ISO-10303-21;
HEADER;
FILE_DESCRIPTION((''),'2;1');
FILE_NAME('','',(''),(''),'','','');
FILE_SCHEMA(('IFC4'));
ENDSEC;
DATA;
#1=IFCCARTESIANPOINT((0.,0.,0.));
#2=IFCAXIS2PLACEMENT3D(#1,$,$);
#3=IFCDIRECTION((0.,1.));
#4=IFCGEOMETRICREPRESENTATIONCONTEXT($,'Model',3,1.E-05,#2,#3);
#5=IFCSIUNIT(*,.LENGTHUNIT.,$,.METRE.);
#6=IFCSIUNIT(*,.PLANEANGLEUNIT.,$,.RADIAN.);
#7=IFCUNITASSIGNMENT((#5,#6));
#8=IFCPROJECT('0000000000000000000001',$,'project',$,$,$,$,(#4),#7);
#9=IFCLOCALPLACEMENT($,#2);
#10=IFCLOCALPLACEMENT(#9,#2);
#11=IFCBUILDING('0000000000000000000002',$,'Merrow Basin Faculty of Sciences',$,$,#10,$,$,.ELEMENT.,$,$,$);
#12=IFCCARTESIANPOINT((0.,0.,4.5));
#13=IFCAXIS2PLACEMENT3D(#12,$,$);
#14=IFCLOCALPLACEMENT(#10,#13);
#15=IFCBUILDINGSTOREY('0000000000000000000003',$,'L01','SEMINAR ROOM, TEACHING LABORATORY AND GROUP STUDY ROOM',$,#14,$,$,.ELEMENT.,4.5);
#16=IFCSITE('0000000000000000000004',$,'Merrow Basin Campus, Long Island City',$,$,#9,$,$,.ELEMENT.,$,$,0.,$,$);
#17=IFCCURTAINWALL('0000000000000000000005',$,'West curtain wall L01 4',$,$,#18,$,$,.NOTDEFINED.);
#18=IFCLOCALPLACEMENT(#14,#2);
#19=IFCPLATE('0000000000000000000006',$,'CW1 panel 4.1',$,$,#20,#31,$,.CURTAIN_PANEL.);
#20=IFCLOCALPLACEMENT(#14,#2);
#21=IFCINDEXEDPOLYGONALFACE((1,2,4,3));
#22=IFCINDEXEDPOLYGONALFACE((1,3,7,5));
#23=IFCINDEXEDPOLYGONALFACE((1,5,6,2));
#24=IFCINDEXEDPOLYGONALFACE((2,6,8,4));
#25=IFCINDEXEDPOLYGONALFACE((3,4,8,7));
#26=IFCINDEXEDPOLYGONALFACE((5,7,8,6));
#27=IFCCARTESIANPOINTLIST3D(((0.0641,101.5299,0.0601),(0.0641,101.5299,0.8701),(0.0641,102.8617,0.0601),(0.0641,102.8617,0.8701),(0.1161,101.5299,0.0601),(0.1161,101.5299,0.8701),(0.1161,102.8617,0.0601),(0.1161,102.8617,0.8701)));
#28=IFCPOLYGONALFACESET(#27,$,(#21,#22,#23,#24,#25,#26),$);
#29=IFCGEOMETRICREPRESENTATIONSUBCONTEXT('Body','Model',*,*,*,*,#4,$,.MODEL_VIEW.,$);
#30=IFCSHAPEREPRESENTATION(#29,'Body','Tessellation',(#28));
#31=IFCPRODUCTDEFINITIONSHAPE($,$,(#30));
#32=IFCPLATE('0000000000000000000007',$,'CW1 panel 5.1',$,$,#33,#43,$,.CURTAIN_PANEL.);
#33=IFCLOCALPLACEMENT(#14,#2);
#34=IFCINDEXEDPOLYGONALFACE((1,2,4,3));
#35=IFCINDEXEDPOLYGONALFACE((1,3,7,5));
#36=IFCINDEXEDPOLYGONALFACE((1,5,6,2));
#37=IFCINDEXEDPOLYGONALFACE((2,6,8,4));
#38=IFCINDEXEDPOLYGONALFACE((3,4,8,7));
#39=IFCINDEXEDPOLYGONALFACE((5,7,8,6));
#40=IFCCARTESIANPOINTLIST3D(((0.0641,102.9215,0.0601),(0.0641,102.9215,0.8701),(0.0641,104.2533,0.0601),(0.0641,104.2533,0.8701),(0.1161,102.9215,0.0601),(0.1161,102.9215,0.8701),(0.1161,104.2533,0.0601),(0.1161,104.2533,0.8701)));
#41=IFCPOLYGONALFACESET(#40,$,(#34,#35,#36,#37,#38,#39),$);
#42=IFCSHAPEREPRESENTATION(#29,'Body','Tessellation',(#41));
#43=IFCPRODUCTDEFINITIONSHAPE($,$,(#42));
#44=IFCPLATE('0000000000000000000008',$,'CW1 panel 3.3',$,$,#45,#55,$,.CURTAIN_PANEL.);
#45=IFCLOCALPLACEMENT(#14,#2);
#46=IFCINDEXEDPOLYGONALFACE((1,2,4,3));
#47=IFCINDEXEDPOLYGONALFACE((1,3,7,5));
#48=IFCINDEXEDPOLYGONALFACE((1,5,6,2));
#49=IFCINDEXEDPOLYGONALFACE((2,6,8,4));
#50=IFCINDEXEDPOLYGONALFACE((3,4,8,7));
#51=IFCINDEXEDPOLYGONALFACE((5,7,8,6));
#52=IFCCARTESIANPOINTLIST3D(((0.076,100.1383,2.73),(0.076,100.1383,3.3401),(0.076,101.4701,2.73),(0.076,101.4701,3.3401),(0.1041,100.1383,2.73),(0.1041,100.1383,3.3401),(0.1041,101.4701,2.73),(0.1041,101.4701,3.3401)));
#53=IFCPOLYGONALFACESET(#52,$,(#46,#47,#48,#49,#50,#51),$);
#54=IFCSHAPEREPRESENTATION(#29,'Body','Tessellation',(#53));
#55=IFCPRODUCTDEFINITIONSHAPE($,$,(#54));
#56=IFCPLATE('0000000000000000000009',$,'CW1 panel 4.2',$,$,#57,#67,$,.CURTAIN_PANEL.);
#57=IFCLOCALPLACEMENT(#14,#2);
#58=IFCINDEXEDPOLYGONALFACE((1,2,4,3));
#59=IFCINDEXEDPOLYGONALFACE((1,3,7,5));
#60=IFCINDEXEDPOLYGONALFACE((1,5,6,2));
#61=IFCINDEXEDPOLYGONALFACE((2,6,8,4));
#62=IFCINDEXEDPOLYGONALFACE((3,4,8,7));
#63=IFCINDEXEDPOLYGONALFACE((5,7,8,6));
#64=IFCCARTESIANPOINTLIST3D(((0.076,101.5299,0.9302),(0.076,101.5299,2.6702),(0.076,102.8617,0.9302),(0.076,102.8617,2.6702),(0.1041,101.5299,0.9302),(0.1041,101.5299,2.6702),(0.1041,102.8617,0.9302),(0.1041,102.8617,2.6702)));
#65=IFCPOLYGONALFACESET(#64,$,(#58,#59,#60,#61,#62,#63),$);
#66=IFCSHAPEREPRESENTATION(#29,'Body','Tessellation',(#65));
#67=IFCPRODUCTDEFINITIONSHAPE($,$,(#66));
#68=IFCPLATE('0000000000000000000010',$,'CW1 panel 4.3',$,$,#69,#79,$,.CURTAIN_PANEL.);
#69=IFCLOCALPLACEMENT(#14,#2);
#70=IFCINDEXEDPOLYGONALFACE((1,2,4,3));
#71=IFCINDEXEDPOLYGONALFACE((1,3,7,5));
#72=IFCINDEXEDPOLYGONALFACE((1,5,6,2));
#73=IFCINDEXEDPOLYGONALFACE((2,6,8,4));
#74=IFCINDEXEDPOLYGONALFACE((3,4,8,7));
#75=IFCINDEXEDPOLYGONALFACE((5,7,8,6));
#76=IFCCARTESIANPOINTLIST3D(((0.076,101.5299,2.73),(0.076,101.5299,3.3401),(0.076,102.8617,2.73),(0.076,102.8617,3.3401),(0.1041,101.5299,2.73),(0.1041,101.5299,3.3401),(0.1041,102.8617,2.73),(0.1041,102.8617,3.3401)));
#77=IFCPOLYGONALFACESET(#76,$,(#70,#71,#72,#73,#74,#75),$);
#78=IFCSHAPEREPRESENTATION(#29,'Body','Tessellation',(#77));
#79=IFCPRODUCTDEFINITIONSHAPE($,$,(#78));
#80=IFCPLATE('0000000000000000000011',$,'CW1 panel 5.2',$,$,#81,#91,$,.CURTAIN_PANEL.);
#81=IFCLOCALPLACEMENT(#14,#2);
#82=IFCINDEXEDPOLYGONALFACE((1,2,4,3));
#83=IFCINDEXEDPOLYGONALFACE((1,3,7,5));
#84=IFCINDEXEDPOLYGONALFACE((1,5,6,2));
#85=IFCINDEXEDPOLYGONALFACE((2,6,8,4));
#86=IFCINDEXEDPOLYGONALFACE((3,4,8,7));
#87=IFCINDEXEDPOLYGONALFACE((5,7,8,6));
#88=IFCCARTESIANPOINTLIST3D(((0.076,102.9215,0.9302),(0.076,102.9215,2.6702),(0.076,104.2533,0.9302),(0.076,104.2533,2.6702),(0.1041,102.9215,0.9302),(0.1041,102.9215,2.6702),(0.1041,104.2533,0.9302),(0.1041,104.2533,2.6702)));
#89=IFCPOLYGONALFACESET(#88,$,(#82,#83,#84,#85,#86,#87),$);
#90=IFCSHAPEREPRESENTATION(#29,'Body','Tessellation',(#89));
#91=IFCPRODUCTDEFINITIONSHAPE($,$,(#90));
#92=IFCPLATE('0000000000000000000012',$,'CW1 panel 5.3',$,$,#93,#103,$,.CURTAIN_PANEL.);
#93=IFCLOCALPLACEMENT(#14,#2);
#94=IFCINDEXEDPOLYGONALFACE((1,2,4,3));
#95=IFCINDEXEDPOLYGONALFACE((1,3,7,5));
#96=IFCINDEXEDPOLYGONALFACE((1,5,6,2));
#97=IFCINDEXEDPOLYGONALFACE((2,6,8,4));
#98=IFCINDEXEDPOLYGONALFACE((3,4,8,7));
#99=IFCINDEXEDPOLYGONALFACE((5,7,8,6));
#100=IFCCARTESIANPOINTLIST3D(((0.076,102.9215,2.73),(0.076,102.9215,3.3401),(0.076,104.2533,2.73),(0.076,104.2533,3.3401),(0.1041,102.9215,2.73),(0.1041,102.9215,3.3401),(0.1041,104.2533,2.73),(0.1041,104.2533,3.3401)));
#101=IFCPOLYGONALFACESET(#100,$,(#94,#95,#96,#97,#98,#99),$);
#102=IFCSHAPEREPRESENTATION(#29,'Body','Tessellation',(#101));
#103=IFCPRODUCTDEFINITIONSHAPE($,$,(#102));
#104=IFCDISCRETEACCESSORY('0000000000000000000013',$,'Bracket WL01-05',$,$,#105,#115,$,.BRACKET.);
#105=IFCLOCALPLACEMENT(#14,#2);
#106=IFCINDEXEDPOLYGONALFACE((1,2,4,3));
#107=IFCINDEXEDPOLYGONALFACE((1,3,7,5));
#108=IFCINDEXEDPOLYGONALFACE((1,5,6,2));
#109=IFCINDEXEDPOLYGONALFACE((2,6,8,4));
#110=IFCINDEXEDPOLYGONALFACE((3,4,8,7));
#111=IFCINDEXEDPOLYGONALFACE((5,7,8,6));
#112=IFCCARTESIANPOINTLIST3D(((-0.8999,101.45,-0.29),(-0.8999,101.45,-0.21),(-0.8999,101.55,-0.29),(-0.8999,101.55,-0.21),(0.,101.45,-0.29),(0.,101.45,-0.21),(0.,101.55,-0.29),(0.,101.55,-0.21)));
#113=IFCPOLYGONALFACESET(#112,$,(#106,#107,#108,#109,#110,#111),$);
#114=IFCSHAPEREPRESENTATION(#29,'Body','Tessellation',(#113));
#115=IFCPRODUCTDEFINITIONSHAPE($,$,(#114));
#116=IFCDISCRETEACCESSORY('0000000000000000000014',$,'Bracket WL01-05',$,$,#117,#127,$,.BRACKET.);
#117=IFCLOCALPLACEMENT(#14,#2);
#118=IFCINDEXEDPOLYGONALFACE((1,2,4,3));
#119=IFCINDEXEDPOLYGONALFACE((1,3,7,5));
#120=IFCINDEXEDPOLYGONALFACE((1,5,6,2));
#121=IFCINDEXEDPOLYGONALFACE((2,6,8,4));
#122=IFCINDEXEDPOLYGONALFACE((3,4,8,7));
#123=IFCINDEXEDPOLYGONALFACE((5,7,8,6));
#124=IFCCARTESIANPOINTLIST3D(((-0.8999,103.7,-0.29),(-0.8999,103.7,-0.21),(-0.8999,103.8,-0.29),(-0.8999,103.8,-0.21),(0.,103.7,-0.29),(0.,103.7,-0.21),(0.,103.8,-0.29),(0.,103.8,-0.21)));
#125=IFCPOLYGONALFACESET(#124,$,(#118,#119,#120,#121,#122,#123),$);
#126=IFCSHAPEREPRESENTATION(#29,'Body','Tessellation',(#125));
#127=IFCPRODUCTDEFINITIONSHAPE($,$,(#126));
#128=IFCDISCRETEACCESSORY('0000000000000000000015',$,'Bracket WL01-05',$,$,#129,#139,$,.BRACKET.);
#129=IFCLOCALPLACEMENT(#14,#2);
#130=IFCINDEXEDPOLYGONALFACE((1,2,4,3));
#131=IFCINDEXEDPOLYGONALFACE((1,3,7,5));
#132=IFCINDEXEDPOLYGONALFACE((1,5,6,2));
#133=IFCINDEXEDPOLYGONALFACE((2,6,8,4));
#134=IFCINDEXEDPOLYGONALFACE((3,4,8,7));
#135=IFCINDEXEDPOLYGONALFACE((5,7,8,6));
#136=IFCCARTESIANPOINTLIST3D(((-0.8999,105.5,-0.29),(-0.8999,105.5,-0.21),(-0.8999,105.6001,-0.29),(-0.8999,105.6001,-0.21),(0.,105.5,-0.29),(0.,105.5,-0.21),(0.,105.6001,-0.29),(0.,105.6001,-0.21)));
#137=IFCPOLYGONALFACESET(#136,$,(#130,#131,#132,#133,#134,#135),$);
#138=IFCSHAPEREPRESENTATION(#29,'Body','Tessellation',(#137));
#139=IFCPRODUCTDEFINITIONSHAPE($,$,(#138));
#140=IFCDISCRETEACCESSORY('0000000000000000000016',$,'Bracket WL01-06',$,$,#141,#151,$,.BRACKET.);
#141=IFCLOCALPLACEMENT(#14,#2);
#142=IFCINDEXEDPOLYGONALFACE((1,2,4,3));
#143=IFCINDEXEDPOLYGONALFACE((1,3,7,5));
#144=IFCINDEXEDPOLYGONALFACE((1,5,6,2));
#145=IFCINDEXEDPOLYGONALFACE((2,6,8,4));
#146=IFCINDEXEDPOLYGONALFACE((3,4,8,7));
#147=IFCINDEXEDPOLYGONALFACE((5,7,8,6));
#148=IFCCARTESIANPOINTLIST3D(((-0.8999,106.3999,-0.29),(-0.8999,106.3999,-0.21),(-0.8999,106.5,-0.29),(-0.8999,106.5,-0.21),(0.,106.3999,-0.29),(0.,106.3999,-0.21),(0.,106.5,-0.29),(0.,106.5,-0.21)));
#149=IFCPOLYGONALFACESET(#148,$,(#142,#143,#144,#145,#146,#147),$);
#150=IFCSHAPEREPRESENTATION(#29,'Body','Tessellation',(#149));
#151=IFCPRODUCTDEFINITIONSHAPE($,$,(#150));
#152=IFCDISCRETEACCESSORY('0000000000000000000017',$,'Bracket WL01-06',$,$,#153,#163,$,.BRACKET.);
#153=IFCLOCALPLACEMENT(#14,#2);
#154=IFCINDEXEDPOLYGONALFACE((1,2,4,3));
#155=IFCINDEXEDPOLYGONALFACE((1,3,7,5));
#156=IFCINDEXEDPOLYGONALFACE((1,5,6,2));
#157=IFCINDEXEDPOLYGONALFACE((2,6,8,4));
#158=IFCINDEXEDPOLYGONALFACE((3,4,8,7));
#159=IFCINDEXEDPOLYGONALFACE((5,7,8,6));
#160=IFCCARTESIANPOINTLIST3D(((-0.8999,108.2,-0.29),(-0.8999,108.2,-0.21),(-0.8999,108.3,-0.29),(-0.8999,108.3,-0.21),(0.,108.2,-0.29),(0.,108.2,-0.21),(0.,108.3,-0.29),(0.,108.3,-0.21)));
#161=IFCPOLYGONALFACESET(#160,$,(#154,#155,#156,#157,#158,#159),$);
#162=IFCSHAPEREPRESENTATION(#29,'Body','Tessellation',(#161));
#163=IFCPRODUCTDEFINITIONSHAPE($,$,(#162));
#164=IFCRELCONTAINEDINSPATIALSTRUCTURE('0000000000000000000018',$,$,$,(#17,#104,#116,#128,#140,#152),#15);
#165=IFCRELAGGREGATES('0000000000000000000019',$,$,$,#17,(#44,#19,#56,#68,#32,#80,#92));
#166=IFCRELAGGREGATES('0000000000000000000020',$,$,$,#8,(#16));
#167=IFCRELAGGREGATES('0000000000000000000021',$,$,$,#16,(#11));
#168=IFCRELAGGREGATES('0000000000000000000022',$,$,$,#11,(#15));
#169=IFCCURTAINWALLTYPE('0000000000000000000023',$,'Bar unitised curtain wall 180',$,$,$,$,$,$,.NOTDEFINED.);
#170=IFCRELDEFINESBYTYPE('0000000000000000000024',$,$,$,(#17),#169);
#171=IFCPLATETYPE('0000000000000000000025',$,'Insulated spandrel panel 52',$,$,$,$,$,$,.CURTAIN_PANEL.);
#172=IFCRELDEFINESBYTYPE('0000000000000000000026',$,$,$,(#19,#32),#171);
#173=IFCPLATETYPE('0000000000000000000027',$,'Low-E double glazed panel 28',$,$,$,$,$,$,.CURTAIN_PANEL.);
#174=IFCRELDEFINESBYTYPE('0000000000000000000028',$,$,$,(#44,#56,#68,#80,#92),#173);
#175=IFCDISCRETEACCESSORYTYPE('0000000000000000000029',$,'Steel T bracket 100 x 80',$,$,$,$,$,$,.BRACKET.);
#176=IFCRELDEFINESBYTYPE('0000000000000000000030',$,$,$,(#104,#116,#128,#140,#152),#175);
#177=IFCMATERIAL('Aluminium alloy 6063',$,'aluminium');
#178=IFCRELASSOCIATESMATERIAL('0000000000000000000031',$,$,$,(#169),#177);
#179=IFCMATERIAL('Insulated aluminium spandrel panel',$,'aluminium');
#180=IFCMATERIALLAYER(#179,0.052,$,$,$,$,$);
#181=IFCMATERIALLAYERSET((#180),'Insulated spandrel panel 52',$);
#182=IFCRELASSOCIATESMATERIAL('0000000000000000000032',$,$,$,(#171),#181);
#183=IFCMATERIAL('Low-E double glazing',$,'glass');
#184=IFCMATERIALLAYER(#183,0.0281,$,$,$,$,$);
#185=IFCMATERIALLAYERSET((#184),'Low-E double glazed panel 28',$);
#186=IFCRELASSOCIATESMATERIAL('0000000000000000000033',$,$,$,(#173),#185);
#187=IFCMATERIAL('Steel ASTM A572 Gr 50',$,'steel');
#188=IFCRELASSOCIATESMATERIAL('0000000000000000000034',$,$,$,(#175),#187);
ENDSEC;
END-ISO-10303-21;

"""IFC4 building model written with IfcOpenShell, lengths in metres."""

from ifc_helpers import new_model, si_unit, direction, frame, origin, origin_2d, place, context, subcontext, project, spatial, polyline, rectangle, outline, extrude, source, transform, mapped, material, layer, layer_set, type_object, element, aggregate, save


model = new_model("IFC4")

# Units and contexts
model_context = context("Model", 3, precision=1e-05, world=origin(), true_north=direction((0.0, 1.0)))
body_context = subcontext(model_context, "Body", "Model", "MODEL_VIEW")
ifc_project = project(units=[si_unit("LENGTHUNIT", "METRE"), si_unit("PLANEANGLEUNIT", "RADIAN")], contexts=[model_context])

# Site, building, storey
site_placement = place(None, origin())
site = spatial("IfcSite", under=ifc_project, at=site_placement, Name="Merrow Basin Campus, Long Island City", CompositionType="ELEMENT", RefElevation=0.0)
building_placement = place(site_placement, origin())
building = spatial("IfcBuilding", under=site, at=building_placement, Name="Merrow Basin Faculty of Sciences", CompositionType="ELEMENT")
storey_placement = place(building_placement, frame((0.0, 0.0, 4.5)))
storey = spatial("IfcBuildingStorey", under=building, at=storey_placement, Name="L01", Description="SEMINAR ROOM, TEACHING LABORATORY AND GROUP STUDY ROOM", CompositionType="ELEMENT", Elevation=4.5)

# Curtain wall
ifc_material_1 = material(Name="Aluminium alloy 6063", Category="aluminium")
curtain_wall_type = type_object("IfcCurtainWallType", Name="Bar unitised curtain wall 180", PredefinedType="NOTDEFINED", material=ifc_material_1)
curtain_wall_placement = place(storey_placement, origin())
curtain_wall = element("IfcCurtainWall", 1, at=curtain_wall_placement, inside=storey, type_object=curtain_wall_type, Name="West curtain wall L01 4", PredefinedType="NOTDEFINED")

# Plates
ifc_material_2 = material(Name="Insulated aluminium spandrel panel", Category="aluminium")
ifc_layer_1 = layer(ifc_material_2, 0.052)
ifc_layer_set_1 = layer_set([ifc_layer_1], Name="Insulated spandrel panel 52")
plate_type_1 = type_object("IfcPlateType", Name="Insulated spandrel panel 52", PredefinedType="CURTAIN_PANEL", material=ifc_layer_set_1)
plate_1_placement = place(storey_placement, frame((0.0901, 102.1958, 0.0601), z_axis=(0.0, 0.0, 1.0), x_axis=(0.0, 1.0, 0.0)))
plate_1 = element("IfcPlate", 2, at=plate_1_placement, type_object=plate_type_1, Name="CW1 panel 4.1", PredefinedType="CURTAIN_PANEL", context=body_context, shape_type="SweptSolid", body=[
    extrude(rectangle(XDim=1.3318, YDim=0.052, at=origin_2d()), origin(), (0.0, 0.0, 1.0), 0.8101),
])
plate_2_placement = place(storey_placement, frame((0.0901, 103.5874, 0.0601), z_axis=(0.0, 0.0, 1.0), x_axis=(0.0, 1.0, 0.0)))
plate_2 = element("IfcPlate", 3, at=plate_2_placement, type_object=plate_type_1, Name="CW1 panel 5.1", PredefinedType="CURTAIN_PANEL", context=body_context, shape_type="SweptSolid", body=[
    extrude(rectangle(XDim=1.3318, YDim=0.052, at=origin_2d()), origin(), (0.0, 0.0, 1.0), 0.8101),
])
ifc_material_3 = material(Name="Low-E double glazing", Category="glass")
ifc_layer_2 = layer(ifc_material_3, 0.0281)
ifc_layer_set_2 = layer_set([ifc_layer_2], Name="Low-E double glazed panel 28")
plate_type_2 = type_object("IfcPlateType", Name="Low-E double glazed panel 28", PredefinedType="CURTAIN_PANEL", material=ifc_layer_set_2)
plate_3_placement = place(storey_placement, frame((0.0901, 100.8042, 2.73), z_axis=(0.0, 0.0, 1.0), x_axis=(0.0, 1.0, 0.0)))
plate_3 = element("IfcPlate", 4, at=plate_3_placement, type_object=plate_type_2, Name="CW1 panel 3.3", PredefinedType="CURTAIN_PANEL", context=body_context, shape_type="SweptSolid", body=[
    extrude(rectangle(XDim=1.3318, YDim=0.0281, at=origin_2d()), origin(), (0.0, 0.0, 1.0), 0.6101),
])
plate_4_placement = place(storey_placement, frame((0.0901, 102.1958, 0.9302), z_axis=(0.0, 0.0, 1.0), x_axis=(0.0, 1.0, 0.0)))
plate_4 = element("IfcPlate", 5, at=plate_4_placement, type_object=plate_type_2, Name="CW1 panel 4.2", PredefinedType="CURTAIN_PANEL", context=body_context, shape_type="SweptSolid", body=[
    extrude(rectangle(XDim=1.3318, YDim=0.0281, at=origin_2d()), origin(), (0.0, 0.0, 1.0), 1.74),
])
plate_5_placement = place(storey_placement, frame((0.0901, 102.1958, 2.73), z_axis=(0.0, 0.0, 1.0), x_axis=(0.0, 1.0, 0.0)))
plate_5 = element("IfcPlate", 6, at=plate_5_placement, type_object=plate_type_2, Name="CW1 panel 4.3", PredefinedType="CURTAIN_PANEL", context=body_context, shape_type="SweptSolid", body=[
    extrude(rectangle(XDim=1.3318, YDim=0.0281, at=origin_2d()), origin(), (0.0, 0.0, 1.0), 0.6101),
])
plate_6_placement = place(storey_placement, frame((0.0901, 103.5874, 0.9302), z_axis=(0.0, 0.0, 1.0), x_axis=(0.0, 1.0, 0.0)))
plate_6 = element("IfcPlate", 7, at=plate_6_placement, type_object=plate_type_2, Name="CW1 panel 5.2", PredefinedType="CURTAIN_PANEL", context=body_context, shape_type="SweptSolid", body=[
    extrude(rectangle(XDim=1.3318, YDim=0.0281, at=origin_2d()), origin(), (0.0, 0.0, 1.0), 1.74),
])
plate_7_placement = place(storey_placement, frame((0.0901, 103.5874, 2.73), z_axis=(0.0, 0.0, 1.0), x_axis=(0.0, 1.0, 0.0)))
plate_7 = element("IfcPlate", 8, at=plate_7_placement, type_object=plate_type_2, Name="CW1 panel 5.3", PredefinedType="CURTAIN_PANEL", context=body_context, shape_type="SweptSolid", body=[
    extrude(rectangle(XDim=1.3318, YDim=0.0281, at=origin_2d()), origin(), (0.0, 0.0, 1.0), 0.6101),
])
aggregate(curtain_wall, [plate_3, plate_1, plate_4, plate_5, plate_2, plate_6, plate_7])

# Discrete accessories
ifc_material_4 = material(Name="Steel ASTM A572 Gr 50", Category="steel")
discrete_accessory_type = type_object("IfcDiscreteAccessoryType", Name="Steel T bracket 100 x 80", PredefinedType="BRACKET", material=ifc_material_4)
shared_shape_1 = source(origin(), body_context, "Body", "SweptSolid", [
    extrude(outline(polyline([(0.0, 0.0), (0.1001, 0.0), (0.1001, 0.0801), (0.0, 0.0801), (0.0, 0.0)])), origin(), (0.0, 0.0, 1.0), 0.8999),
])
for number, where, z_axis, x_axis, name in (
    (9, (-0.8999, 101.45, -0.29), (1.0, 0.0, 0.0), (0.0, 1.0, 0.0), "Bracket WL01-05"),
    (10, (-0.8999, 103.7, -0.29), (1.0, 0.0, 0.0), (0.0, 1.0, 0.0), "Bracket WL01-05"),
    (11, (-0.8999, 105.5, -0.29), (1.0, 0.0, 0.0), (0.0, 1.0, 0.0), "Bracket WL01-05"),
    (12, (-0.8999, 106.3999, -0.29), (1.0, 0.0, 0.0), (0.0, 1.0, 0.0), "Bracket WL01-06"),
    (13, (-0.8999, 108.2, -0.29), (1.0, 0.0, 0.0), (0.0, 1.0, 0.0), "Bracket WL01-06"),
):
    element("IfcDiscreteAccessory", number, at=place(storey_placement, frame(where, z_axis=z_axis, x_axis=x_axis)), inside=storey, type_object=discrete_accessory_type, Name=name, PredefinedType="BRACKET", context=body_context, shape_type="MappedRepresentation", body=[
        mapped(shared_shape_1, transform((0.0, 0.0, 0.0), scale=1.0)),
    ])

save(model, "model.ifc")
